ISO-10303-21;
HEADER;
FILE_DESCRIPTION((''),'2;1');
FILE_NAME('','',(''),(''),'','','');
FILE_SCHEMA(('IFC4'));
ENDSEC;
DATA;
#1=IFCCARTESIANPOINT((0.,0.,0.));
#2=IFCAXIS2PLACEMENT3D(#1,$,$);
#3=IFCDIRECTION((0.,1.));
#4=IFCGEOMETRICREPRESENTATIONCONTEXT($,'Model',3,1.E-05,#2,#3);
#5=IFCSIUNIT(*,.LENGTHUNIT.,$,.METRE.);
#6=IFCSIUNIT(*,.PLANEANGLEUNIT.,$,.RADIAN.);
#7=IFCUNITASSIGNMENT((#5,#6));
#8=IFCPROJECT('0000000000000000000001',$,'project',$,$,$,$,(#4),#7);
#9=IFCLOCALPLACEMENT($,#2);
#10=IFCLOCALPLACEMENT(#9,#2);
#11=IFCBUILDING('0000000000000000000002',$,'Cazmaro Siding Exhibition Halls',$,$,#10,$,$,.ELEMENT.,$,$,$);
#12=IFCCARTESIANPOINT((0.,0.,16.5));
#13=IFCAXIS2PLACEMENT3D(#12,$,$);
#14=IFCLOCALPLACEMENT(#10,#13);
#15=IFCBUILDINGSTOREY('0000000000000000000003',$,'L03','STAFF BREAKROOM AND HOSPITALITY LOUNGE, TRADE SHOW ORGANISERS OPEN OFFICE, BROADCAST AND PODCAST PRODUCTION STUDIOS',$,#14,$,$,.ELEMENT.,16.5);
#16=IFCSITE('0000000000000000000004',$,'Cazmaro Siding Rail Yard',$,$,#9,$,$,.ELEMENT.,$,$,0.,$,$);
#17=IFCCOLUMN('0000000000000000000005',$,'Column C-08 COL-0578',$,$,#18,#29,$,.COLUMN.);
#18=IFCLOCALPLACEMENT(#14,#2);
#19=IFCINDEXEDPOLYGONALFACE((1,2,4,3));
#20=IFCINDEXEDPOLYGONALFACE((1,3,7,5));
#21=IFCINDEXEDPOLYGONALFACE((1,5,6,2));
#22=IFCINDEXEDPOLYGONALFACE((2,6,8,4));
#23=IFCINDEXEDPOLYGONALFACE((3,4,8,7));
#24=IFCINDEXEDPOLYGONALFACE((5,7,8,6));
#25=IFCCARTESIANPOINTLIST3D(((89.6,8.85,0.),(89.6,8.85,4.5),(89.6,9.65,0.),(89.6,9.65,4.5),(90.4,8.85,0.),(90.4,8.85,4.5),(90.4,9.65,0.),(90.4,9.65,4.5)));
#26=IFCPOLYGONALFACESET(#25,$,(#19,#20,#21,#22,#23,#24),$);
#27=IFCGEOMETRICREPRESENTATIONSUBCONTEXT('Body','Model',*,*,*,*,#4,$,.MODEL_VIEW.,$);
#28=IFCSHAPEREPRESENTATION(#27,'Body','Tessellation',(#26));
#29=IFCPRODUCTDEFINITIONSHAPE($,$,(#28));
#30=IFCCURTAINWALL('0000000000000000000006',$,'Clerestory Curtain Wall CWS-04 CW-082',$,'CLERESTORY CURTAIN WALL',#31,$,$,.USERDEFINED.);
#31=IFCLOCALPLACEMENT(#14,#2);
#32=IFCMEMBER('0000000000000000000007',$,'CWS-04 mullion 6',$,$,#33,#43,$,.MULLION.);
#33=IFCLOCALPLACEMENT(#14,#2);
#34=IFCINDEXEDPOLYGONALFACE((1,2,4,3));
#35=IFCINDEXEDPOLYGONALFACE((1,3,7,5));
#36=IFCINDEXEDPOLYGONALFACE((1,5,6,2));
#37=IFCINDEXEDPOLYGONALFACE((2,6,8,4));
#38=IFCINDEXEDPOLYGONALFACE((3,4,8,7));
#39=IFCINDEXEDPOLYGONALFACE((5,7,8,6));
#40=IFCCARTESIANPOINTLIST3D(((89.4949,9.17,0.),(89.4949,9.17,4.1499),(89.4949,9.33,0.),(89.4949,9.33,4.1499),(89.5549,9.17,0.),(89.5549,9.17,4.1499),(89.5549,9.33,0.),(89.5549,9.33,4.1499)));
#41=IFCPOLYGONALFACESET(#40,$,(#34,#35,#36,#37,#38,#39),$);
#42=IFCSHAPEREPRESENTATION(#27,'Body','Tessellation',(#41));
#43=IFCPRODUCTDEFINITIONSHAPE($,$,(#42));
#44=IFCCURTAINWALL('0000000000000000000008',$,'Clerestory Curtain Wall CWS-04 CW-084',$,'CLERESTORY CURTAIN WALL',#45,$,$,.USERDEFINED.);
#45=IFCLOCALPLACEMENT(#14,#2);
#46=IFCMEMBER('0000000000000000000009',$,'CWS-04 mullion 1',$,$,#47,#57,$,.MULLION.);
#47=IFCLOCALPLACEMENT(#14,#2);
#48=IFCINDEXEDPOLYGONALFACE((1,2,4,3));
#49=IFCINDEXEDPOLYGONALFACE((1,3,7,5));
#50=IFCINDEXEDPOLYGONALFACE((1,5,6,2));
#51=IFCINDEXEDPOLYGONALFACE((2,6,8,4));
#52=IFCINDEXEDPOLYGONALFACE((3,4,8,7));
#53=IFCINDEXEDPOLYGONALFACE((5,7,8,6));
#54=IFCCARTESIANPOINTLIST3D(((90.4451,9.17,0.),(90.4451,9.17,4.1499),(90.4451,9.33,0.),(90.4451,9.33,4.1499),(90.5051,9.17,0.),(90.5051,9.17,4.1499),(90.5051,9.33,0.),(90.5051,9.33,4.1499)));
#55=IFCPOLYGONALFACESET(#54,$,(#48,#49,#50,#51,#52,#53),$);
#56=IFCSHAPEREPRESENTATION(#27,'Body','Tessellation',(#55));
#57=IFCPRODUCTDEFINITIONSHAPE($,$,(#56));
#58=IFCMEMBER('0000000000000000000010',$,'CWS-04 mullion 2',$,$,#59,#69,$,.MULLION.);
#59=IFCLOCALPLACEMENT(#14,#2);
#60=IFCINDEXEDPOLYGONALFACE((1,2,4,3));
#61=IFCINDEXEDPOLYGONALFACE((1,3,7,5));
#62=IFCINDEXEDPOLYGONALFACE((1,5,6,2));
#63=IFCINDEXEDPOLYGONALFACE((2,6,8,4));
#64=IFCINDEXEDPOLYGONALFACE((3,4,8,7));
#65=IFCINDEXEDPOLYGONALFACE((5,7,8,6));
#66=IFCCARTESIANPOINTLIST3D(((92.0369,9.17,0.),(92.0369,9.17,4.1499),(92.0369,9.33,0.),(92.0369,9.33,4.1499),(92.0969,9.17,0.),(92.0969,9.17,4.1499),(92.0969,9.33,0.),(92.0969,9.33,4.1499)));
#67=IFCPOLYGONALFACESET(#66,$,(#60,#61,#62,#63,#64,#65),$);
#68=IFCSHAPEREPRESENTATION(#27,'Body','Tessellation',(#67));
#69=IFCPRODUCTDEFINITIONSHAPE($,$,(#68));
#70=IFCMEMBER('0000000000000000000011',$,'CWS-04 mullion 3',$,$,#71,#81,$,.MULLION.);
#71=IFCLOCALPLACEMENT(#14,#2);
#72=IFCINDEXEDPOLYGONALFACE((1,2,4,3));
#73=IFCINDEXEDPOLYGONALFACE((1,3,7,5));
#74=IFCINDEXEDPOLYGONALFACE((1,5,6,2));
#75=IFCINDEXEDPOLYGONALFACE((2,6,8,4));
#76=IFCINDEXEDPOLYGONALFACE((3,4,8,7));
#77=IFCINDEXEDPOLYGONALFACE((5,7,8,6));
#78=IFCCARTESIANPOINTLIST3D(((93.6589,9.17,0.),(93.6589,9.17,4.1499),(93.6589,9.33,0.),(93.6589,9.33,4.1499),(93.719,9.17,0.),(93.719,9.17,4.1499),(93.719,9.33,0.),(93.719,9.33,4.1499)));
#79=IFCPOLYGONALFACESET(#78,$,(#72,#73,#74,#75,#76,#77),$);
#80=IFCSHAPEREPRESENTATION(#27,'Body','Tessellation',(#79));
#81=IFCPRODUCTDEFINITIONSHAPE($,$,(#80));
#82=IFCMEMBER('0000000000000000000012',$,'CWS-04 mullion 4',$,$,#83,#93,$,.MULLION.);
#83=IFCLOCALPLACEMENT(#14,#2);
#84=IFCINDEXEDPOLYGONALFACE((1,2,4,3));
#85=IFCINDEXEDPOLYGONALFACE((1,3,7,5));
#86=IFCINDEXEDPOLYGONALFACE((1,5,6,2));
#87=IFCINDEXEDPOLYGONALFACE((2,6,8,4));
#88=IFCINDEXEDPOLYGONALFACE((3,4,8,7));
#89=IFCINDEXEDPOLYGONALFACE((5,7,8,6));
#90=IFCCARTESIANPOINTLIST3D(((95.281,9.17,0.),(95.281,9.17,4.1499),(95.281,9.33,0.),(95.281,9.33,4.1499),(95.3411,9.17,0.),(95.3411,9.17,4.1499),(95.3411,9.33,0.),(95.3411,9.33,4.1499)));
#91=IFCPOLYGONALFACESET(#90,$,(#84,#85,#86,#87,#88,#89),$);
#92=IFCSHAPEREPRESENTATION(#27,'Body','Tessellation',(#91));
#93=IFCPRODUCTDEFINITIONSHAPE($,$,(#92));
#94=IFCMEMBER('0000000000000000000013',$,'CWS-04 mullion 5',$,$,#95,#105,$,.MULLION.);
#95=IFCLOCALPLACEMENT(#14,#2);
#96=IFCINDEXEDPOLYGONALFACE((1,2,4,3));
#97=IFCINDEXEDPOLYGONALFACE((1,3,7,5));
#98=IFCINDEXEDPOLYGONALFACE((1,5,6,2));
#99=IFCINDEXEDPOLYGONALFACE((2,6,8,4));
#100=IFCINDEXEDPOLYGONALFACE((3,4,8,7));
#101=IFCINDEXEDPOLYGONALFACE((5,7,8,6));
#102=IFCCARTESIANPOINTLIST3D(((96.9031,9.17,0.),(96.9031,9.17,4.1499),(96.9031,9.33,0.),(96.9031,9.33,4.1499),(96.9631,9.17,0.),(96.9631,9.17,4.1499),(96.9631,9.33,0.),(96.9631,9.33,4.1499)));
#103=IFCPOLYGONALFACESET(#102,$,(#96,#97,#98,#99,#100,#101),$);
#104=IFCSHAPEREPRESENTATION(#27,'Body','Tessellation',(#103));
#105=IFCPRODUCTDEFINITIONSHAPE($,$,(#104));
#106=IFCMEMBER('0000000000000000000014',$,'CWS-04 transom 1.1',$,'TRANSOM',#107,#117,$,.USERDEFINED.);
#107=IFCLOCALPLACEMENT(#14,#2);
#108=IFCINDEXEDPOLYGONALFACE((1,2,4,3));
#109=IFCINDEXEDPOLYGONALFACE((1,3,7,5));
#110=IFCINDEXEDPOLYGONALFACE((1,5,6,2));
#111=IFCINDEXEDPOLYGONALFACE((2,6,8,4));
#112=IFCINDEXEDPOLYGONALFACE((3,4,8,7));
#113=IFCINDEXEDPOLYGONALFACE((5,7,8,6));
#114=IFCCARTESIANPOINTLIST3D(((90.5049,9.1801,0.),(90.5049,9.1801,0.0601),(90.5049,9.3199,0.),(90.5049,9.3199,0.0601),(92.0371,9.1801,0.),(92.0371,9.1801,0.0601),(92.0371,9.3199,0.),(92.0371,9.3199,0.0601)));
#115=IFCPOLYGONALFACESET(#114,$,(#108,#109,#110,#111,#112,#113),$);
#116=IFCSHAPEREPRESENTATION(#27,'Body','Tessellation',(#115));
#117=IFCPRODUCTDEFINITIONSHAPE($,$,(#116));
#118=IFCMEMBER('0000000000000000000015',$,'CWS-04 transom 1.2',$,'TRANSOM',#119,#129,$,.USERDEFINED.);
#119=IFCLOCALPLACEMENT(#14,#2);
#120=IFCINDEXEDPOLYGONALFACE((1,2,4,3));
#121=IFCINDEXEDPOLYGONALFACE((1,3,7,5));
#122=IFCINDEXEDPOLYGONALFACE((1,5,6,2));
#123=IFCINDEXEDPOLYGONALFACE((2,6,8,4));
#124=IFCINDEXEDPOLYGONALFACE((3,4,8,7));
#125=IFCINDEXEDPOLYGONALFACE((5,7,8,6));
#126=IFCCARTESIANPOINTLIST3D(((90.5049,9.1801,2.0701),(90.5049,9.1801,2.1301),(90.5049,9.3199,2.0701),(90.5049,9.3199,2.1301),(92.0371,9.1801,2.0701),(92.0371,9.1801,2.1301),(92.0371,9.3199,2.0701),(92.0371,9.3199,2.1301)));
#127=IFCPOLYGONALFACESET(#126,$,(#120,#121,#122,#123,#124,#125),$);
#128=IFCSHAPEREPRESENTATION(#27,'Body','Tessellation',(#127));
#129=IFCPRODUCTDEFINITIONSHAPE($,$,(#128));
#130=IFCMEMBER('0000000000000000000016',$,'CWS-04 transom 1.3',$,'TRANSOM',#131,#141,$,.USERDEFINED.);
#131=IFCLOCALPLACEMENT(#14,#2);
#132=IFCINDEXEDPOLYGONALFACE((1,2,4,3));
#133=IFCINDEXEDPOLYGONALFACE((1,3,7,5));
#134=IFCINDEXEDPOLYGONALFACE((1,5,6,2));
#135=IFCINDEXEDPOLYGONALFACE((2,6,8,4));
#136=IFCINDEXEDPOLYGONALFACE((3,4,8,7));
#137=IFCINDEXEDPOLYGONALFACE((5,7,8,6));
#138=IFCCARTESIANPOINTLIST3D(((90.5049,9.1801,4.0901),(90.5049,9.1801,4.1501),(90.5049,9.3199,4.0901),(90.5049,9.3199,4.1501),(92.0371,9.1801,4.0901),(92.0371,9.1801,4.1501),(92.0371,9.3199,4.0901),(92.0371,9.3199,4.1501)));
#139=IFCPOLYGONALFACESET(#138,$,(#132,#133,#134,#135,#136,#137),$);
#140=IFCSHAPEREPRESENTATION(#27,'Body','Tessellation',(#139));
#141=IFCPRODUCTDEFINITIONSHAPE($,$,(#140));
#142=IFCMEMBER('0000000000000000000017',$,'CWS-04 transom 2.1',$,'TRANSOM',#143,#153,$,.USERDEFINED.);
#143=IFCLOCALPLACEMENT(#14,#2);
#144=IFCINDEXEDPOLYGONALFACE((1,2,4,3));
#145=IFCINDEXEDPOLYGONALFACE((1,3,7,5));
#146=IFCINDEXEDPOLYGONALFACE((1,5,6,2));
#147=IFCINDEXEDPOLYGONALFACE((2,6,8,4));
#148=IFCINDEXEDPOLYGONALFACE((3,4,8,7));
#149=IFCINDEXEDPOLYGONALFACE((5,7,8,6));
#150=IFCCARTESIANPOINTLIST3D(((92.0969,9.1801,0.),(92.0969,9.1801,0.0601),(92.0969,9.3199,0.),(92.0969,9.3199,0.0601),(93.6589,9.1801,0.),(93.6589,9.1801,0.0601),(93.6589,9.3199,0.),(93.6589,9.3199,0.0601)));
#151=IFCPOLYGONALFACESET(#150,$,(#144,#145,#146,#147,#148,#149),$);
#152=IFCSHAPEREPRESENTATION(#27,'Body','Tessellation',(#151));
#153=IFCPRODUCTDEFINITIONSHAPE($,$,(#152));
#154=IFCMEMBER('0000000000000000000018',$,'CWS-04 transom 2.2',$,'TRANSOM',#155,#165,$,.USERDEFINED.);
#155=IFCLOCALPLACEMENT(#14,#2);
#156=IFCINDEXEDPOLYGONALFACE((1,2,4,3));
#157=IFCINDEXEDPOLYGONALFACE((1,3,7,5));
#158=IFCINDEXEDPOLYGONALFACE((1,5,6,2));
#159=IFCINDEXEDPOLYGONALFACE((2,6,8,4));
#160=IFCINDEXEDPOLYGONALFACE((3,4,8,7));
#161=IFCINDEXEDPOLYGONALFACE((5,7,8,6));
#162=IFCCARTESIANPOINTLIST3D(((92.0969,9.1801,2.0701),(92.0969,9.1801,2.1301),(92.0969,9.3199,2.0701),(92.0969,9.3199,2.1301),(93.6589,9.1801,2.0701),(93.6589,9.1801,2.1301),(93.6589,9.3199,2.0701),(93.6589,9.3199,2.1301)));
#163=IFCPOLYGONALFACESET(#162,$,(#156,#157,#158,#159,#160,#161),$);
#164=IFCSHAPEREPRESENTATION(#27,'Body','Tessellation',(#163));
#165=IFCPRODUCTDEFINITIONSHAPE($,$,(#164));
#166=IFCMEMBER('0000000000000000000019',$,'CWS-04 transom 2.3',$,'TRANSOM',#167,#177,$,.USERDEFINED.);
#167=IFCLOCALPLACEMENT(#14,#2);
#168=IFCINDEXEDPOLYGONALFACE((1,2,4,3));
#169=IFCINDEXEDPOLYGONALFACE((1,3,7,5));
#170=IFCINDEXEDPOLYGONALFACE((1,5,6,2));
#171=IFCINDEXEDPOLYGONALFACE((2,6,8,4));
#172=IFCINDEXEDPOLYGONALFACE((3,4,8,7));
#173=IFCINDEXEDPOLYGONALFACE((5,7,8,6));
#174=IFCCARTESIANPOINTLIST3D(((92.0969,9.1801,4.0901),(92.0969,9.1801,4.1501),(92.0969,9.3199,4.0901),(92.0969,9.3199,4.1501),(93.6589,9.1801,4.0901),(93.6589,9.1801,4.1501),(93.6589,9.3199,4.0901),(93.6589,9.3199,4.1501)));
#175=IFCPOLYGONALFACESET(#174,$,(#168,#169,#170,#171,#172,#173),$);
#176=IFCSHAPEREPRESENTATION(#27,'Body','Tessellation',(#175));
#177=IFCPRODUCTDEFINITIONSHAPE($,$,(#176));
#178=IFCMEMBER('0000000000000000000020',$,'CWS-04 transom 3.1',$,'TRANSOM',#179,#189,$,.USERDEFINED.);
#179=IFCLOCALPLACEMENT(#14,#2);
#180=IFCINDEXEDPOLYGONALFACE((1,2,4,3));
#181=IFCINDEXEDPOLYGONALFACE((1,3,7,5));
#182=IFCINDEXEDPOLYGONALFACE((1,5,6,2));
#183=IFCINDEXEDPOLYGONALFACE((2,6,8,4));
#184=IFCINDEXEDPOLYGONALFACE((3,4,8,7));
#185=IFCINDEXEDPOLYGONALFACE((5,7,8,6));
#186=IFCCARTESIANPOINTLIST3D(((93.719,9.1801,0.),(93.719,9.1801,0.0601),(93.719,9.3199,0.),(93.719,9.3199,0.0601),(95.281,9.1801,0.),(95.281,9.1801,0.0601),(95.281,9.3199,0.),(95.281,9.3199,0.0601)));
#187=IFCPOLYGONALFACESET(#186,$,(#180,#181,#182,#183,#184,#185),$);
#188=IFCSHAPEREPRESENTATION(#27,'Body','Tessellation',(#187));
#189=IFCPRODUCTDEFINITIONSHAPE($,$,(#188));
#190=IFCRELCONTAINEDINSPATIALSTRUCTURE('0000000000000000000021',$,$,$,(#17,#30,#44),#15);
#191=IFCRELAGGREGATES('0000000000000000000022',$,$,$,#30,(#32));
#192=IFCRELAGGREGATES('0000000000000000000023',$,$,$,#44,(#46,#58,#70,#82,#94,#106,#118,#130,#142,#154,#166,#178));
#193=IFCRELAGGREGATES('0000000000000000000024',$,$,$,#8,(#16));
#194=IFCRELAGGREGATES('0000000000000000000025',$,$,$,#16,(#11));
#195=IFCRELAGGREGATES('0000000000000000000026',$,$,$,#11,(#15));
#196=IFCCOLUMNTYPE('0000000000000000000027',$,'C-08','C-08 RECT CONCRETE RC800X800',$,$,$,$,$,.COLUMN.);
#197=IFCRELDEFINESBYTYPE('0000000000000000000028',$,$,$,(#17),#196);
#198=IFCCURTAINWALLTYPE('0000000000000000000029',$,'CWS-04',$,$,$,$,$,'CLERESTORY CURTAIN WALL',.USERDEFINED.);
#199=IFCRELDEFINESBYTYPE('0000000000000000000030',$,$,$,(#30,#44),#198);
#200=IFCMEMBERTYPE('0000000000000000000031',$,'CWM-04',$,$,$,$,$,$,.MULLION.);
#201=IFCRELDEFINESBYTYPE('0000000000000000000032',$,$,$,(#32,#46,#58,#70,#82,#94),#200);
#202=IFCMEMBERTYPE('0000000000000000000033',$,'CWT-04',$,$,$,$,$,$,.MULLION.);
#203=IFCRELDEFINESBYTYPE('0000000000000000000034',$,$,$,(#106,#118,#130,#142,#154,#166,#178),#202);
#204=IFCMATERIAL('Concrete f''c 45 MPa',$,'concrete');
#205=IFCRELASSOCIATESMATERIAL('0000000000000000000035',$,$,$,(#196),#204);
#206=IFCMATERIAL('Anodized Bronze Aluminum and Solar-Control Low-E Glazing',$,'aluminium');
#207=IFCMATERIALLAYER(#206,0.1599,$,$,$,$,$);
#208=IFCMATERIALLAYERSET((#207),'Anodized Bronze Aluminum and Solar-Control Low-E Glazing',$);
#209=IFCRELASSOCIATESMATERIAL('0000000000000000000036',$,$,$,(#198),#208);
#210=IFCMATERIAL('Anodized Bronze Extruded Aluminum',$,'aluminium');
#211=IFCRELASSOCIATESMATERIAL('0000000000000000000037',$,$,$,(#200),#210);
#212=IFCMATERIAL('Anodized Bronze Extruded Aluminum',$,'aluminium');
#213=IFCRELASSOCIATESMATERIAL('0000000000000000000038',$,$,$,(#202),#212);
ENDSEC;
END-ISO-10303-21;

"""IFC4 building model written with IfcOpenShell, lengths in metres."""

from ifc_helpers import new_model, si_unit, direction, frame, origin, origin_2d, place, context, subcontext, project, spatial, rectangle, extrude, material, layer, layer_set, material_profile, profile_set, type_object, element, aggregate, save


model = new_model("IFC4")

# Units and contexts
model_context = context("Model", 3, precision=1e-05, world=origin(), true_north=direction((0.0, 1.0)))
body_context = subcontext(model_context, "Body", "Model", "MODEL_VIEW")
ifc_project = project(units=[si_unit("LENGTHUNIT", "METRE"), si_unit("PLANEANGLEUNIT", "RADIAN")], contexts=[model_context])

# Site, building, storey
site_placement = place(None, origin())
site = spatial("IfcSite", under=ifc_project, at=site_placement, Name="Cazmaro Siding Rail Yard", CompositionType="ELEMENT", RefElevation=0.0)
building_placement = place(site_placement, origin())
building = spatial("IfcBuilding", under=site, at=building_placement, Name="Cazmaro Siding Exhibition Halls", CompositionType="ELEMENT")
storey_placement = place(building_placement, frame((0.0, 0.0, 16.5)))
storey = spatial("IfcBuildingStorey", under=building, at=storey_placement, Name="L03", Description="STAFF BREAKROOM AND HOSPITALITY LOUNGE, TRADE SHOW ORGANISERS OPEN OFFICE, BROADCAST AND PODCAST PRODUCTION STUDIOS", CompositionType="ELEMENT", Elevation=16.5)

# Column
ifc_material_1 = material(Name="Concrete f'c 45 MPa", Category="concrete")
ifc_material_profile_1 = material_profile(ifc_material_1, rectangle(XDim=0.8, YDim=0.8, at=origin_2d()), Name="RC800X800")
ifc_profile_set_1 = profile_set([ifc_material_profile_1], Name="Concrete f'c 45 MPa")
column_type = type_object("IfcColumnType", Name="C-08", Description="C-08 RECT CONCRETE RC800X800", PredefinedType="COLUMN", material=ifc_profile_set_1)
column_placement = place(storey_placement, frame((90.0, 9.25, 0.0), z_axis=(0.0, 0.0, 1.0), x_axis=(1.0, 0.0, 0.0)))
element("IfcColumn", 1, at=column_placement, inside=storey, type_object=column_type, Name="Column C-08 COL-0578", PredefinedType="COLUMN", context=body_context, shape_type="SweptSolid", body=[
    extrude(rectangle(XDim=0.8, YDim=0.8, at=origin_2d()), origin(), (0.0, 0.0, 1.0), 4.5),
])

# Curtain wall, member
ifc_material_2 = material(Name="Anodized Bronze Aluminum and Solar-Control Low-E Glazing", Category="aluminium")
ifc_layer_1 = layer(ifc_material_2, 0.1599)
ifc_layer_set_1 = layer_set([ifc_layer_1], Name="Anodized Bronze Aluminum and Solar-Control Low-E Glazing")
curtain_wall_type = type_object("IfcCurtainWallType", Name="CWS-04", ElementType="CLERESTORY CURTAIN WALL", PredefinedType="USERDEFINED", material=ifc_layer_set_1)
curtain_wall_1_placement = place(storey_placement, origin())
curtain_wall_1 = element("IfcCurtainWall", 2, at=curtain_wall_1_placement, inside=storey, type_object=curtain_wall_type, Name="Clerestory Curtain Wall CWS-04 CW-082", ObjectType="CLERESTORY CURTAIN WALL", PredefinedType="USERDEFINED")
ifc_material_3 = material(Name="Anodized Bronze Extruded Aluminum", Category="aluminium")
ifc_material_profile_2 = material_profile(ifc_material_3, rectangle(XDim=0.1599, YDim=0.0601, at=origin_2d()), Name="CWM-04")
ifc_profile_set_2 = profile_set([ifc_material_profile_2], Name="Anodized Bronze Extruded Aluminum")
member_type_1 = type_object("IfcMemberType", Name="CWM-04", PredefinedType="MULLION", material=ifc_profile_set_2)
member_1_placement = place(storey_placement, frame((89.5249, 9.25, 0.0), z_axis=(0.0, 0.0, 1.0), x_axis=(0.0, 1.0, 0.0)))
member_1 = element("IfcMember", 3, at=member_1_placement, type_object=member_type_1, Name="CWS-04 mullion 6", PredefinedType="MULLION", context=body_context, shape_type="SweptSolid", body=[
    extrude(rectangle(XDim=0.1599, YDim=0.0601, at=origin_2d()), origin(), (0.0, 0.0, 1.0), 4.1499),
])
aggregate(curtain_wall_1, [member_1])

# Curtain wall, members
curtain_wall_2_placement = place(storey_placement, origin())
curtain_wall_2 = element("IfcCurtainWall", 4, at=curtain_wall_2_placement, inside=storey, type_object=curtain_wall_type, Name="Clerestory Curtain Wall CWS-04 CW-084", ObjectType="CLERESTORY CURTAIN WALL", PredefinedType="USERDEFINED")
member_2_placement = place(storey_placement, frame((90.4751, 9.25, 0.0), z_axis=(0.0, 0.0, 1.0), x_axis=(0.0, 1.0, 0.0)))
member_2 = element("IfcMember", 5, at=member_2_placement, type_object=member_type_1, Name="CWS-04 mullion 1", PredefinedType="MULLION", context=body_context, shape_type="SweptSolid", body=[
    extrude(rectangle(XDim=0.1599, YDim=0.0601, at=origin_2d()), origin(), (0.0, 0.0, 1.0), 4.1499),
])
member_3_placement = place(storey_placement, frame((92.0669, 9.25, 0.0), z_axis=(0.0, 0.0, 1.0), x_axis=(0.0, 1.0, 0.0)))
member_3 = element("IfcMember", 6, at=member_3_placement, type_object=member_type_1, Name="CWS-04 mullion 2", PredefinedType="MULLION", context=body_context, shape_type="SweptSolid", body=[
    extrude(rectangle(XDim=0.1599, YDim=0.0601, at=origin_2d()), origin(), (0.0, 0.0, 1.0), 4.1499),
])
member_4_placement = place(storey_placement, frame((93.689, 9.25, 0.0), z_axis=(0.0, 0.0, 1.0), x_axis=(0.0, 1.0, 0.0)))
member_4 = element("IfcMember", 7, at=member_4_placement, type_object=member_type_1, Name="CWS-04 mullion 3", PredefinedType="MULLION", context=body_context, shape_type="SweptSolid", body=[
    extrude(rectangle(XDim=0.1599, YDim=0.0601, at=origin_2d()), origin(), (0.0, 0.0, 1.0), 4.1499),
])
member_5_placement = place(storey_placement, frame((95.311, 9.25, 0.0), z_axis=(0.0, 0.0, 1.0), x_axis=(0.0, 1.0, 0.0)))
member_5 = element("IfcMember", 8, at=member_5_placement, type_object=member_type_1, Name="CWS-04 mullion 4", PredefinedType="MULLION", context=body_context, shape_type="SweptSolid", body=[
    extrude(rectangle(XDim=0.1599, YDim=0.0601, at=origin_2d()), origin(), (0.0, 0.0, 1.0), 4.1499),
])
member_6_placement = place(storey_placement, frame((96.9331, 9.25, 0.0), z_axis=(0.0, 0.0, 1.0), x_axis=(0.0, 1.0, 0.0)))
member_6 = element("IfcMember", 9, at=member_6_placement, type_object=member_type_1, Name="CWS-04 mullion 5", PredefinedType="MULLION", context=body_context, shape_type="SweptSolid", body=[
    extrude(rectangle(XDim=0.1599, YDim=0.0601, at=origin_2d()), origin(), (0.0, 0.0, 1.0), 4.1499),
])
ifc_material_4 = material(Name="Anodized Bronze Extruded Aluminum", Category="aluminium")
ifc_material_profile_3 = material_profile(ifc_material_4, rectangle(XDim=0.1399, YDim=0.0601, at=origin_2d()), Name="CWT-04")
ifc_profile_set_3 = profile_set([ifc_material_profile_3], Name="Anodized Bronze Extruded Aluminum")
member_type_2 = type_object("IfcMemberType", Name="CWT-04", PredefinedType="MULLION", material=ifc_profile_set_3)
member_7_placement = place(storey_placement, frame((90.5049, 9.25, 0.03), z_axis=(1.0, 0.0, 0.0), x_axis=(0.0, 1.0, 0.0)))
member_7 = element("IfcMember", 10, at=member_7_placement, type_object=member_type_2, Name="CWS-04 transom 1.1", ObjectType="TRANSOM", PredefinedType="USERDEFINED", context=body_context, shape_type="SweptSolid", body=[
    extrude(rectangle(XDim=0.1399, YDim=0.0601, at=origin_2d()), origin(), (0.0, 0.0, 1.0), 1.5322),
])
member_8_placement = place(storey_placement, frame((90.5049, 9.25, 2.1001), z_axis=(1.0, 0.0, 0.0), x_axis=(0.0, 1.0, 0.0)))
member_8 = element("IfcMember", 11, at=member_8_placement, type_object=member_type_2, Name="CWS-04 transom 1.2", ObjectType="TRANSOM", PredefinedType="USERDEFINED", context=body_context, shape_type="SweptSolid", body=[
    extrude(rectangle(XDim=0.1399, YDim=0.0601, at=origin_2d()), origin(), (0.0, 0.0, 1.0), 1.5322),
])
member_9_placement = place(storey_placement, frame((90.5049, 9.25, 4.1201), z_axis=(1.0, 0.0, 0.0), x_axis=(0.0, 1.0, 0.0)))
member_9 = element("IfcMember", 12, at=member_9_placement, type_object=member_type_2, Name="CWS-04 transom 1.3", ObjectType="TRANSOM", PredefinedType="USERDEFINED", context=body_context, shape_type="SweptSolid", body=[
    extrude(rectangle(XDim=0.1399, YDim=0.0601, at=origin_2d()), origin(), (0.0, 0.0, 1.0), 1.5322),
])
member_10_placement = place(storey_placement, frame((92.0969, 9.25, 0.03), z_axis=(1.0, 0.0, 0.0), x_axis=(0.0, 1.0, 0.0)))
member_10 = element("IfcMember", 13, at=member_10_placement, type_object=member_type_2, Name="CWS-04 transom 2.1", ObjectType="TRANSOM", PredefinedType="USERDEFINED", context=body_context, shape_type="SweptSolid", body=[
    extrude(rectangle(XDim=0.1399, YDim=0.0601, at=origin_2d()), origin(), (0.0, 0.0, 1.0), 1.562),
])
member_11_placement = place(storey_placement, frame((92.0969, 9.25, 2.1001), z_axis=(1.0, 0.0, 0.0), x_axis=(0.0, 1.0, 0.0)))
member_11 = element("IfcMember", 14, at=member_11_placement, type_object=member_type_2, Name="CWS-04 transom 2.2", ObjectType="TRANSOM", PredefinedType="USERDEFINED", context=body_context, shape_type="SweptSolid", body=[
    extrude(rectangle(XDim=0.1399, YDim=0.0601, at=origin_2d()), origin(), (0.0, 0.0, 1.0), 1.562),
])
member_12_placement = place(storey_placement, frame((92.0969, 9.25, 4.1201), z_axis=(1.0, 0.0, 0.0), x_axis=(0.0, 1.0, 0.0)))
member_12 = element("IfcMember", 15, at=member_12_placement, type_object=member_type_2, Name="CWS-04 transom 2.3", ObjectType="TRANSOM", PredefinedType="USERDEFINED", context=body_context, shape_type="SweptSolid", body=[
    extrude(rectangle(XDim=0.1399, YDim=0.0601, at=origin_2d()), origin(), (0.0, 0.0, 1.0), 1.562),
])
member_13_placement = place(storey_placement, frame((93.719, 9.25, 0.03), z_axis=(1.0, 0.0, 0.0), x_axis=(0.0, 1.0, 0.0)))
member_13 = element("IfcMember", 16, at=member_13_placement, type_object=member_type_2, Name="CWS-04 transom 3.1", ObjectType="TRANSOM", PredefinedType="USERDEFINED", context=body_context, shape_type="SweptSolid", body=[
    extrude(rectangle(XDim=0.1399, YDim=0.0601, at=origin_2d()), origin(), (0.0, 0.0, 1.0), 1.562),
])

aggregate(curtain_wall_2, [member_2, member_3, member_4, member_5, member_6, member_7, member_8, member_9, member_10, member_11, member_12, member_13])

save(model, "model.ifc")
